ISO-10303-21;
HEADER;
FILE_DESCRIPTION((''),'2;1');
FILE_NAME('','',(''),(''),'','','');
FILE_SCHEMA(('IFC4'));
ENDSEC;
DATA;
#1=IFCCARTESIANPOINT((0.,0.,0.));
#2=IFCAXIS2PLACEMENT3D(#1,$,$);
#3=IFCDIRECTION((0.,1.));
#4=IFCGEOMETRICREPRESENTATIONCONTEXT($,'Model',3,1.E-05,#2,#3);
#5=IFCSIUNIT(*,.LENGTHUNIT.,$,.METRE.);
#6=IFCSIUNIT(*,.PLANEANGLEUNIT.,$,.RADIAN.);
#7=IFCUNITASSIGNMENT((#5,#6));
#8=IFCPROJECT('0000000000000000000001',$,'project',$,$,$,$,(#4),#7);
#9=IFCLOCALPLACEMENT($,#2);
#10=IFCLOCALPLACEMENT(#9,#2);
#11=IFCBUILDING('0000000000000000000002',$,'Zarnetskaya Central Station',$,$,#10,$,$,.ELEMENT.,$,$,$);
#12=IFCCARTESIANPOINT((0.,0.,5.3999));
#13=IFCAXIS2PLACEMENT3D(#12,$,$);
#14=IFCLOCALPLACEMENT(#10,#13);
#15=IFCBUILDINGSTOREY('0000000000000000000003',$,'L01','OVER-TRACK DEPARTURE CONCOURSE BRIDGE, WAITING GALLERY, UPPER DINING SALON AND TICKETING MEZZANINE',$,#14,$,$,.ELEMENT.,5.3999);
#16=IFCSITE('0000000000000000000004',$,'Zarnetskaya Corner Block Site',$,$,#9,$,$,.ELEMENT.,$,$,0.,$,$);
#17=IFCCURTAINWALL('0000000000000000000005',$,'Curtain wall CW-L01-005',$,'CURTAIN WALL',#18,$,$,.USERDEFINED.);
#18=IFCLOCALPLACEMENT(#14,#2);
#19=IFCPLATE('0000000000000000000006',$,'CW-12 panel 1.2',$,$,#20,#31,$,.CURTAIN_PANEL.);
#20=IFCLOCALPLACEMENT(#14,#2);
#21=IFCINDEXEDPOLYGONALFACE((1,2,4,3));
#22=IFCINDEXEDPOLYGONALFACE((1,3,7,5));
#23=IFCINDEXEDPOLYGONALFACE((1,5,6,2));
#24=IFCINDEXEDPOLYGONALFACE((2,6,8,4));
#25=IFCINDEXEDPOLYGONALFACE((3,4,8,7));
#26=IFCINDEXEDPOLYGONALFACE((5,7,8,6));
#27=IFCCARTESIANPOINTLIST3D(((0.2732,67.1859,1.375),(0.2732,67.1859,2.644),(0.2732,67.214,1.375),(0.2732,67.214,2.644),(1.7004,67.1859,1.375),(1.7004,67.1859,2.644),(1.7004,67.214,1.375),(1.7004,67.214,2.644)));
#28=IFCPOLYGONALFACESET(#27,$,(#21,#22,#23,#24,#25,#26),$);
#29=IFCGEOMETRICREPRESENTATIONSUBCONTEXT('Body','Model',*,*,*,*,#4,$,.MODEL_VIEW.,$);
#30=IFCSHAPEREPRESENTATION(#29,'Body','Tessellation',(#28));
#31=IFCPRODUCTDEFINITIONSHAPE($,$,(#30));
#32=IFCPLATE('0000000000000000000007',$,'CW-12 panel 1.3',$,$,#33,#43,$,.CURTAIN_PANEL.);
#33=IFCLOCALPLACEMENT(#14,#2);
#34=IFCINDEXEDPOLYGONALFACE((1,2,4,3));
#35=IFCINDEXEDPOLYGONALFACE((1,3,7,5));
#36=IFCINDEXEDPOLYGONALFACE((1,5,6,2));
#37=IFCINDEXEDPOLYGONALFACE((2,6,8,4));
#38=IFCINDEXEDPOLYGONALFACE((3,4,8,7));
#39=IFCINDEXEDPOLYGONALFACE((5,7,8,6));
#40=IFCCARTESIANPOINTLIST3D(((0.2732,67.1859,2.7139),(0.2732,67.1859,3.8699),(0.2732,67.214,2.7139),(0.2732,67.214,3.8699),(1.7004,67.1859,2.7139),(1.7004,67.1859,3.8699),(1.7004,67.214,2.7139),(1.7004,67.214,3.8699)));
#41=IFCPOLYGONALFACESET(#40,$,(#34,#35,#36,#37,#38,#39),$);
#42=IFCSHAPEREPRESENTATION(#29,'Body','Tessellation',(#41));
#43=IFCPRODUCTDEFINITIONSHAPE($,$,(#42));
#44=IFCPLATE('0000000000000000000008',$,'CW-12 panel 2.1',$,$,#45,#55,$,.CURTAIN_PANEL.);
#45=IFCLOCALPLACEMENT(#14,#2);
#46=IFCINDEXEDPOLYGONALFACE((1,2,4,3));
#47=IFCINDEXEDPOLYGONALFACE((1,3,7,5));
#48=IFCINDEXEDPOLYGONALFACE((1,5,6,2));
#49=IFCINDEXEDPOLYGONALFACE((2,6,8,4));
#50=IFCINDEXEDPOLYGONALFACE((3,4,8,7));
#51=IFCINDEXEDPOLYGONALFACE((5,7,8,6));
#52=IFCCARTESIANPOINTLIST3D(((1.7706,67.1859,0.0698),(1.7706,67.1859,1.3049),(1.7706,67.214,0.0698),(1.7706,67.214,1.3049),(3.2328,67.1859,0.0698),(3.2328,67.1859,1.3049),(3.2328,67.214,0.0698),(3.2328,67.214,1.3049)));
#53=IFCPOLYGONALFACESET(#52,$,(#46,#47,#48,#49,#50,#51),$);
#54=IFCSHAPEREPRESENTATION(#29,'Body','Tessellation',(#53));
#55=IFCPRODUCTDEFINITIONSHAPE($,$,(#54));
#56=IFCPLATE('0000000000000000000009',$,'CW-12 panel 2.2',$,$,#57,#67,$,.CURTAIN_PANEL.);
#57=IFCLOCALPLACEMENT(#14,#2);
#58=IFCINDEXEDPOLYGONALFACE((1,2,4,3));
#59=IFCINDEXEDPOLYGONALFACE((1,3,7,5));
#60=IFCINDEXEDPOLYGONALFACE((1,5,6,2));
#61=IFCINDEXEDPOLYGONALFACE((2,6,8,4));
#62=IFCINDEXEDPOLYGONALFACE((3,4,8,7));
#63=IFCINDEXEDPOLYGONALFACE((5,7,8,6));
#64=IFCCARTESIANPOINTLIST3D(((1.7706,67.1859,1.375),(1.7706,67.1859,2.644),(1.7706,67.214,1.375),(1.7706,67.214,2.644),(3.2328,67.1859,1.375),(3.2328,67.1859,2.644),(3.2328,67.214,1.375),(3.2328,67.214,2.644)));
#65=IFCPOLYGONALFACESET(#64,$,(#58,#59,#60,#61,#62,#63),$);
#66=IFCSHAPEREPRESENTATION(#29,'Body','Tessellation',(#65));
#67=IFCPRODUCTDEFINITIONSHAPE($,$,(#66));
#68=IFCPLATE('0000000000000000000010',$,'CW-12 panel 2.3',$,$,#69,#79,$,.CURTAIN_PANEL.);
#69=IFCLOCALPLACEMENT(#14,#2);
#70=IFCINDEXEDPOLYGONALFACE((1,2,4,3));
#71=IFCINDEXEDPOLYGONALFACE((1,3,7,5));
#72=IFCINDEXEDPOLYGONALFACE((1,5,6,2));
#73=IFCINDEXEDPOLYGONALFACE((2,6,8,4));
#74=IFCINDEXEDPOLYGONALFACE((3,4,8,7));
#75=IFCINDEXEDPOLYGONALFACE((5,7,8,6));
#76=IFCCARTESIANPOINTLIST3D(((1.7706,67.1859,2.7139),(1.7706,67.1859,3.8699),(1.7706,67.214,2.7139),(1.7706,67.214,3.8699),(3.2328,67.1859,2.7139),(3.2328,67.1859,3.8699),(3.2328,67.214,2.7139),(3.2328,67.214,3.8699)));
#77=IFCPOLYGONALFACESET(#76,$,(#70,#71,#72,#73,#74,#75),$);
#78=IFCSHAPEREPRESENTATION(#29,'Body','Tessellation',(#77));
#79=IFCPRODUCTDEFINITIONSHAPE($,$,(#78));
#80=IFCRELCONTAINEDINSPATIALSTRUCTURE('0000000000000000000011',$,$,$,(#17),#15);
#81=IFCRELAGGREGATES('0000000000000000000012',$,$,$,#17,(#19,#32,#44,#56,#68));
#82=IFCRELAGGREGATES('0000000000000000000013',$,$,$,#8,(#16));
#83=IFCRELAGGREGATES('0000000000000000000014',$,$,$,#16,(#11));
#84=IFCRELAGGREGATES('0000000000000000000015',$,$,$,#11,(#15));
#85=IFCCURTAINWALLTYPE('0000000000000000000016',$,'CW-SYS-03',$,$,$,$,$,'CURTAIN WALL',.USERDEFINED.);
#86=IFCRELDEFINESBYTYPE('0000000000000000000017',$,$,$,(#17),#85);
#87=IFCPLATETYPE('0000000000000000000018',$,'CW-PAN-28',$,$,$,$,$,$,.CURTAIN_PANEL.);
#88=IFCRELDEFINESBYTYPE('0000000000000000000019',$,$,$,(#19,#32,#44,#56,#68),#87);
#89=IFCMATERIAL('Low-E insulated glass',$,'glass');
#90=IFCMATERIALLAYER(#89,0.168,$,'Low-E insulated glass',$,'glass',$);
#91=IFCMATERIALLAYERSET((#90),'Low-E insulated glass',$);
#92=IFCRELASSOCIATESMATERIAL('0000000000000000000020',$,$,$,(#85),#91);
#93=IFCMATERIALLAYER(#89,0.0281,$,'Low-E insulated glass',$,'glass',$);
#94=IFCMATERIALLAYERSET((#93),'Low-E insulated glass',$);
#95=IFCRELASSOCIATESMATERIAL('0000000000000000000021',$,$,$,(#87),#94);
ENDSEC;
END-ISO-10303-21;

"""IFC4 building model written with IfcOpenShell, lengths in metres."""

from ifc_helpers import new_model, si_unit, direction, frame, origin, origin_2d, place, context, subcontext, project, spatial, rectangle, extrude, material, layer, layer_set, type_object, element, aggregate, save


model = new_model("IFC4")

# Units and contexts
model_context = context("Model", 3, precision=1e-05, world=origin(), true_north=direction((0.0, 1.0)))
body_context = subcontext(model_context, "Body", "Model", "MODEL_VIEW")
ifc_project = project(units=[si_unit("LENGTHUNIT", "METRE"), si_unit("PLANEANGLEUNIT", "RADIAN")], contexts=[model_context])

# Site, building, storey
site_placement = place(None, origin())
site = spatial("IfcSite", under=ifc_project, at=site_placement, Name="Zarnetskaya Corner Block Site", CompositionType="ELEMENT", RefElevation=0.0)
building_placement = place(site_placement, origin())
building = spatial("IfcBuilding", under=site, at=building_placement, Name="Zarnetskaya Central Station", CompositionType="ELEMENT")
storey_placement = place(building_placement, frame((0.0, 0.0, 5.3999)))
storey = spatial("IfcBuildingStorey", under=building, at=storey_placement, Name="L01", Description="OVER-TRACK DEPARTURE CONCOURSE BRIDGE, WAITING GALLERY, UPPER DINING SALON AND TICKETING MEZZANINE", CompositionType="ELEMENT", Elevation=5.3999)

# Curtain wall, plates
ifc_material_1 = material(Name="Low-E insulated glass", Category="glass")
ifc_layer_1 = layer(ifc_material_1, 0.168, Name="Low-E insulated glass", Category="glass")
ifc_layer_set_1 = layer_set([ifc_layer_1], Name="Low-E insulated glass")
curtain_wall_type = type_object("IfcCurtainWallType", Name="CW-SYS-03", ElementType="CURTAIN WALL", PredefinedType="USERDEFINED", material=ifc_layer_set_1)
curtain_wall_placement = place(storey_placement, origin())
curtain_wall = element("IfcCurtainWall", 1, at=curtain_wall_placement, inside=storey, type_object=curtain_wall_type, Name="Curtain wall CW-L01-005", ObjectType="CURTAIN WALL", PredefinedType="USERDEFINED")
ifc_layer_2 = layer(ifc_material_1, 0.0281, Name="Low-E insulated glass", Category="glass")
ifc_layer_set_2 = layer_set([ifc_layer_2], Name="Low-E insulated glass")
plate_type = type_object("IfcPlateType", Name="CW-PAN-28", PredefinedType="CURTAIN_PANEL", material=ifc_layer_set_2)
plate_1_placement = place(storey_placement, frame((0.9868, 67.2, 1.375), z_axis=(0.0, 0.0, 1.0), x_axis=(1.0, 0.0, 0.0)))
plate_1 = element("IfcPlate", 2, at=plate_1_placement, type_object=plate_type, Name="CW-12 panel 1.2", PredefinedType="CURTAIN_PANEL", context=body_context, shape_type="SweptSolid", body=[
    extrude(rectangle(XDim=1.4272, YDim=0.0281, at=origin_2d()), origin(), (0.0, 0.0, 1.0), 1.269),
])
plate_2_placement = place(storey_placement, frame((0.9868, 67.2, 2.7139), z_axis=(0.0, 0.0, 1.0), x_axis=(1.0, 0.0, 0.0)))
plate_2 = element("IfcPlate", 3, at=plate_2_placement, type_object=plate_type, Name="CW-12 panel 1.3", PredefinedType="CURTAIN_PANEL", context=body_context, shape_type="SweptSolid", body=[
    extrude(rectangle(XDim=1.4272, YDim=0.0281, at=origin_2d()), origin(), (0.0, 0.0, 1.0), 1.156),
])
plate_3_placement = place(storey_placement, frame((2.5017, 67.2, 0.0698), z_axis=(0.0, 0.0, 1.0), x_axis=(1.0, 0.0, 0.0)))
plate_3 = element("IfcPlate", 4, at=plate_3_placement, type_object=plate_type, Name="CW-12 panel 2.1", PredefinedType="CURTAIN_PANEL", context=body_context, shape_type="SweptSolid", body=[
    extrude(rectangle(XDim=1.4622, YDim=0.0281, at=origin_2d()), origin(), (0.0, 0.0, 1.0), 1.2351),
])
plate_4_placement = place(storey_placement, frame((2.5017, 67.2, 1.375), z_axis=(0.0, 0.0, 1.0), x_axis=(1.0, 0.0, 0.0)))
plate_4 = element("IfcPlate", 5, at=plate_4_placement, type_object=plate_type, Name="CW-12 panel 2.2", PredefinedType="CURTAIN_PANEL", context=body_context, shape_type="SweptSolid", body=[
    extrude(rectangle(XDim=1.4622, YDim=0.0281, at=origin_2d()), origin(), (0.0, 0.0, 1.0), 1.269),
])
plate_5_placement = place(storey_placement, frame((2.5017, 67.2, 2.7139), z_axis=(0.0, 0.0, 1.0), x_axis=(1.0, 0.0, 0.0)))
plate_5 = element("IfcPlate", 6, at=plate_5_placement, type_object=plate_type, Name="CW-12 panel 2.3", PredefinedType="CURTAIN_PANEL", context=body_context, shape_type="SweptSolid", body=[
    extrude(rectangle(XDim=1.4622, YDim=0.0281, at=origin_2d()), origin(), (0.0, 0.0, 1.0), 1.156),
])
aggregate(curtain_wall, [plate_1, plate_2, plate_3, plate_4, plate_5])

save(model, "model.ifc")
